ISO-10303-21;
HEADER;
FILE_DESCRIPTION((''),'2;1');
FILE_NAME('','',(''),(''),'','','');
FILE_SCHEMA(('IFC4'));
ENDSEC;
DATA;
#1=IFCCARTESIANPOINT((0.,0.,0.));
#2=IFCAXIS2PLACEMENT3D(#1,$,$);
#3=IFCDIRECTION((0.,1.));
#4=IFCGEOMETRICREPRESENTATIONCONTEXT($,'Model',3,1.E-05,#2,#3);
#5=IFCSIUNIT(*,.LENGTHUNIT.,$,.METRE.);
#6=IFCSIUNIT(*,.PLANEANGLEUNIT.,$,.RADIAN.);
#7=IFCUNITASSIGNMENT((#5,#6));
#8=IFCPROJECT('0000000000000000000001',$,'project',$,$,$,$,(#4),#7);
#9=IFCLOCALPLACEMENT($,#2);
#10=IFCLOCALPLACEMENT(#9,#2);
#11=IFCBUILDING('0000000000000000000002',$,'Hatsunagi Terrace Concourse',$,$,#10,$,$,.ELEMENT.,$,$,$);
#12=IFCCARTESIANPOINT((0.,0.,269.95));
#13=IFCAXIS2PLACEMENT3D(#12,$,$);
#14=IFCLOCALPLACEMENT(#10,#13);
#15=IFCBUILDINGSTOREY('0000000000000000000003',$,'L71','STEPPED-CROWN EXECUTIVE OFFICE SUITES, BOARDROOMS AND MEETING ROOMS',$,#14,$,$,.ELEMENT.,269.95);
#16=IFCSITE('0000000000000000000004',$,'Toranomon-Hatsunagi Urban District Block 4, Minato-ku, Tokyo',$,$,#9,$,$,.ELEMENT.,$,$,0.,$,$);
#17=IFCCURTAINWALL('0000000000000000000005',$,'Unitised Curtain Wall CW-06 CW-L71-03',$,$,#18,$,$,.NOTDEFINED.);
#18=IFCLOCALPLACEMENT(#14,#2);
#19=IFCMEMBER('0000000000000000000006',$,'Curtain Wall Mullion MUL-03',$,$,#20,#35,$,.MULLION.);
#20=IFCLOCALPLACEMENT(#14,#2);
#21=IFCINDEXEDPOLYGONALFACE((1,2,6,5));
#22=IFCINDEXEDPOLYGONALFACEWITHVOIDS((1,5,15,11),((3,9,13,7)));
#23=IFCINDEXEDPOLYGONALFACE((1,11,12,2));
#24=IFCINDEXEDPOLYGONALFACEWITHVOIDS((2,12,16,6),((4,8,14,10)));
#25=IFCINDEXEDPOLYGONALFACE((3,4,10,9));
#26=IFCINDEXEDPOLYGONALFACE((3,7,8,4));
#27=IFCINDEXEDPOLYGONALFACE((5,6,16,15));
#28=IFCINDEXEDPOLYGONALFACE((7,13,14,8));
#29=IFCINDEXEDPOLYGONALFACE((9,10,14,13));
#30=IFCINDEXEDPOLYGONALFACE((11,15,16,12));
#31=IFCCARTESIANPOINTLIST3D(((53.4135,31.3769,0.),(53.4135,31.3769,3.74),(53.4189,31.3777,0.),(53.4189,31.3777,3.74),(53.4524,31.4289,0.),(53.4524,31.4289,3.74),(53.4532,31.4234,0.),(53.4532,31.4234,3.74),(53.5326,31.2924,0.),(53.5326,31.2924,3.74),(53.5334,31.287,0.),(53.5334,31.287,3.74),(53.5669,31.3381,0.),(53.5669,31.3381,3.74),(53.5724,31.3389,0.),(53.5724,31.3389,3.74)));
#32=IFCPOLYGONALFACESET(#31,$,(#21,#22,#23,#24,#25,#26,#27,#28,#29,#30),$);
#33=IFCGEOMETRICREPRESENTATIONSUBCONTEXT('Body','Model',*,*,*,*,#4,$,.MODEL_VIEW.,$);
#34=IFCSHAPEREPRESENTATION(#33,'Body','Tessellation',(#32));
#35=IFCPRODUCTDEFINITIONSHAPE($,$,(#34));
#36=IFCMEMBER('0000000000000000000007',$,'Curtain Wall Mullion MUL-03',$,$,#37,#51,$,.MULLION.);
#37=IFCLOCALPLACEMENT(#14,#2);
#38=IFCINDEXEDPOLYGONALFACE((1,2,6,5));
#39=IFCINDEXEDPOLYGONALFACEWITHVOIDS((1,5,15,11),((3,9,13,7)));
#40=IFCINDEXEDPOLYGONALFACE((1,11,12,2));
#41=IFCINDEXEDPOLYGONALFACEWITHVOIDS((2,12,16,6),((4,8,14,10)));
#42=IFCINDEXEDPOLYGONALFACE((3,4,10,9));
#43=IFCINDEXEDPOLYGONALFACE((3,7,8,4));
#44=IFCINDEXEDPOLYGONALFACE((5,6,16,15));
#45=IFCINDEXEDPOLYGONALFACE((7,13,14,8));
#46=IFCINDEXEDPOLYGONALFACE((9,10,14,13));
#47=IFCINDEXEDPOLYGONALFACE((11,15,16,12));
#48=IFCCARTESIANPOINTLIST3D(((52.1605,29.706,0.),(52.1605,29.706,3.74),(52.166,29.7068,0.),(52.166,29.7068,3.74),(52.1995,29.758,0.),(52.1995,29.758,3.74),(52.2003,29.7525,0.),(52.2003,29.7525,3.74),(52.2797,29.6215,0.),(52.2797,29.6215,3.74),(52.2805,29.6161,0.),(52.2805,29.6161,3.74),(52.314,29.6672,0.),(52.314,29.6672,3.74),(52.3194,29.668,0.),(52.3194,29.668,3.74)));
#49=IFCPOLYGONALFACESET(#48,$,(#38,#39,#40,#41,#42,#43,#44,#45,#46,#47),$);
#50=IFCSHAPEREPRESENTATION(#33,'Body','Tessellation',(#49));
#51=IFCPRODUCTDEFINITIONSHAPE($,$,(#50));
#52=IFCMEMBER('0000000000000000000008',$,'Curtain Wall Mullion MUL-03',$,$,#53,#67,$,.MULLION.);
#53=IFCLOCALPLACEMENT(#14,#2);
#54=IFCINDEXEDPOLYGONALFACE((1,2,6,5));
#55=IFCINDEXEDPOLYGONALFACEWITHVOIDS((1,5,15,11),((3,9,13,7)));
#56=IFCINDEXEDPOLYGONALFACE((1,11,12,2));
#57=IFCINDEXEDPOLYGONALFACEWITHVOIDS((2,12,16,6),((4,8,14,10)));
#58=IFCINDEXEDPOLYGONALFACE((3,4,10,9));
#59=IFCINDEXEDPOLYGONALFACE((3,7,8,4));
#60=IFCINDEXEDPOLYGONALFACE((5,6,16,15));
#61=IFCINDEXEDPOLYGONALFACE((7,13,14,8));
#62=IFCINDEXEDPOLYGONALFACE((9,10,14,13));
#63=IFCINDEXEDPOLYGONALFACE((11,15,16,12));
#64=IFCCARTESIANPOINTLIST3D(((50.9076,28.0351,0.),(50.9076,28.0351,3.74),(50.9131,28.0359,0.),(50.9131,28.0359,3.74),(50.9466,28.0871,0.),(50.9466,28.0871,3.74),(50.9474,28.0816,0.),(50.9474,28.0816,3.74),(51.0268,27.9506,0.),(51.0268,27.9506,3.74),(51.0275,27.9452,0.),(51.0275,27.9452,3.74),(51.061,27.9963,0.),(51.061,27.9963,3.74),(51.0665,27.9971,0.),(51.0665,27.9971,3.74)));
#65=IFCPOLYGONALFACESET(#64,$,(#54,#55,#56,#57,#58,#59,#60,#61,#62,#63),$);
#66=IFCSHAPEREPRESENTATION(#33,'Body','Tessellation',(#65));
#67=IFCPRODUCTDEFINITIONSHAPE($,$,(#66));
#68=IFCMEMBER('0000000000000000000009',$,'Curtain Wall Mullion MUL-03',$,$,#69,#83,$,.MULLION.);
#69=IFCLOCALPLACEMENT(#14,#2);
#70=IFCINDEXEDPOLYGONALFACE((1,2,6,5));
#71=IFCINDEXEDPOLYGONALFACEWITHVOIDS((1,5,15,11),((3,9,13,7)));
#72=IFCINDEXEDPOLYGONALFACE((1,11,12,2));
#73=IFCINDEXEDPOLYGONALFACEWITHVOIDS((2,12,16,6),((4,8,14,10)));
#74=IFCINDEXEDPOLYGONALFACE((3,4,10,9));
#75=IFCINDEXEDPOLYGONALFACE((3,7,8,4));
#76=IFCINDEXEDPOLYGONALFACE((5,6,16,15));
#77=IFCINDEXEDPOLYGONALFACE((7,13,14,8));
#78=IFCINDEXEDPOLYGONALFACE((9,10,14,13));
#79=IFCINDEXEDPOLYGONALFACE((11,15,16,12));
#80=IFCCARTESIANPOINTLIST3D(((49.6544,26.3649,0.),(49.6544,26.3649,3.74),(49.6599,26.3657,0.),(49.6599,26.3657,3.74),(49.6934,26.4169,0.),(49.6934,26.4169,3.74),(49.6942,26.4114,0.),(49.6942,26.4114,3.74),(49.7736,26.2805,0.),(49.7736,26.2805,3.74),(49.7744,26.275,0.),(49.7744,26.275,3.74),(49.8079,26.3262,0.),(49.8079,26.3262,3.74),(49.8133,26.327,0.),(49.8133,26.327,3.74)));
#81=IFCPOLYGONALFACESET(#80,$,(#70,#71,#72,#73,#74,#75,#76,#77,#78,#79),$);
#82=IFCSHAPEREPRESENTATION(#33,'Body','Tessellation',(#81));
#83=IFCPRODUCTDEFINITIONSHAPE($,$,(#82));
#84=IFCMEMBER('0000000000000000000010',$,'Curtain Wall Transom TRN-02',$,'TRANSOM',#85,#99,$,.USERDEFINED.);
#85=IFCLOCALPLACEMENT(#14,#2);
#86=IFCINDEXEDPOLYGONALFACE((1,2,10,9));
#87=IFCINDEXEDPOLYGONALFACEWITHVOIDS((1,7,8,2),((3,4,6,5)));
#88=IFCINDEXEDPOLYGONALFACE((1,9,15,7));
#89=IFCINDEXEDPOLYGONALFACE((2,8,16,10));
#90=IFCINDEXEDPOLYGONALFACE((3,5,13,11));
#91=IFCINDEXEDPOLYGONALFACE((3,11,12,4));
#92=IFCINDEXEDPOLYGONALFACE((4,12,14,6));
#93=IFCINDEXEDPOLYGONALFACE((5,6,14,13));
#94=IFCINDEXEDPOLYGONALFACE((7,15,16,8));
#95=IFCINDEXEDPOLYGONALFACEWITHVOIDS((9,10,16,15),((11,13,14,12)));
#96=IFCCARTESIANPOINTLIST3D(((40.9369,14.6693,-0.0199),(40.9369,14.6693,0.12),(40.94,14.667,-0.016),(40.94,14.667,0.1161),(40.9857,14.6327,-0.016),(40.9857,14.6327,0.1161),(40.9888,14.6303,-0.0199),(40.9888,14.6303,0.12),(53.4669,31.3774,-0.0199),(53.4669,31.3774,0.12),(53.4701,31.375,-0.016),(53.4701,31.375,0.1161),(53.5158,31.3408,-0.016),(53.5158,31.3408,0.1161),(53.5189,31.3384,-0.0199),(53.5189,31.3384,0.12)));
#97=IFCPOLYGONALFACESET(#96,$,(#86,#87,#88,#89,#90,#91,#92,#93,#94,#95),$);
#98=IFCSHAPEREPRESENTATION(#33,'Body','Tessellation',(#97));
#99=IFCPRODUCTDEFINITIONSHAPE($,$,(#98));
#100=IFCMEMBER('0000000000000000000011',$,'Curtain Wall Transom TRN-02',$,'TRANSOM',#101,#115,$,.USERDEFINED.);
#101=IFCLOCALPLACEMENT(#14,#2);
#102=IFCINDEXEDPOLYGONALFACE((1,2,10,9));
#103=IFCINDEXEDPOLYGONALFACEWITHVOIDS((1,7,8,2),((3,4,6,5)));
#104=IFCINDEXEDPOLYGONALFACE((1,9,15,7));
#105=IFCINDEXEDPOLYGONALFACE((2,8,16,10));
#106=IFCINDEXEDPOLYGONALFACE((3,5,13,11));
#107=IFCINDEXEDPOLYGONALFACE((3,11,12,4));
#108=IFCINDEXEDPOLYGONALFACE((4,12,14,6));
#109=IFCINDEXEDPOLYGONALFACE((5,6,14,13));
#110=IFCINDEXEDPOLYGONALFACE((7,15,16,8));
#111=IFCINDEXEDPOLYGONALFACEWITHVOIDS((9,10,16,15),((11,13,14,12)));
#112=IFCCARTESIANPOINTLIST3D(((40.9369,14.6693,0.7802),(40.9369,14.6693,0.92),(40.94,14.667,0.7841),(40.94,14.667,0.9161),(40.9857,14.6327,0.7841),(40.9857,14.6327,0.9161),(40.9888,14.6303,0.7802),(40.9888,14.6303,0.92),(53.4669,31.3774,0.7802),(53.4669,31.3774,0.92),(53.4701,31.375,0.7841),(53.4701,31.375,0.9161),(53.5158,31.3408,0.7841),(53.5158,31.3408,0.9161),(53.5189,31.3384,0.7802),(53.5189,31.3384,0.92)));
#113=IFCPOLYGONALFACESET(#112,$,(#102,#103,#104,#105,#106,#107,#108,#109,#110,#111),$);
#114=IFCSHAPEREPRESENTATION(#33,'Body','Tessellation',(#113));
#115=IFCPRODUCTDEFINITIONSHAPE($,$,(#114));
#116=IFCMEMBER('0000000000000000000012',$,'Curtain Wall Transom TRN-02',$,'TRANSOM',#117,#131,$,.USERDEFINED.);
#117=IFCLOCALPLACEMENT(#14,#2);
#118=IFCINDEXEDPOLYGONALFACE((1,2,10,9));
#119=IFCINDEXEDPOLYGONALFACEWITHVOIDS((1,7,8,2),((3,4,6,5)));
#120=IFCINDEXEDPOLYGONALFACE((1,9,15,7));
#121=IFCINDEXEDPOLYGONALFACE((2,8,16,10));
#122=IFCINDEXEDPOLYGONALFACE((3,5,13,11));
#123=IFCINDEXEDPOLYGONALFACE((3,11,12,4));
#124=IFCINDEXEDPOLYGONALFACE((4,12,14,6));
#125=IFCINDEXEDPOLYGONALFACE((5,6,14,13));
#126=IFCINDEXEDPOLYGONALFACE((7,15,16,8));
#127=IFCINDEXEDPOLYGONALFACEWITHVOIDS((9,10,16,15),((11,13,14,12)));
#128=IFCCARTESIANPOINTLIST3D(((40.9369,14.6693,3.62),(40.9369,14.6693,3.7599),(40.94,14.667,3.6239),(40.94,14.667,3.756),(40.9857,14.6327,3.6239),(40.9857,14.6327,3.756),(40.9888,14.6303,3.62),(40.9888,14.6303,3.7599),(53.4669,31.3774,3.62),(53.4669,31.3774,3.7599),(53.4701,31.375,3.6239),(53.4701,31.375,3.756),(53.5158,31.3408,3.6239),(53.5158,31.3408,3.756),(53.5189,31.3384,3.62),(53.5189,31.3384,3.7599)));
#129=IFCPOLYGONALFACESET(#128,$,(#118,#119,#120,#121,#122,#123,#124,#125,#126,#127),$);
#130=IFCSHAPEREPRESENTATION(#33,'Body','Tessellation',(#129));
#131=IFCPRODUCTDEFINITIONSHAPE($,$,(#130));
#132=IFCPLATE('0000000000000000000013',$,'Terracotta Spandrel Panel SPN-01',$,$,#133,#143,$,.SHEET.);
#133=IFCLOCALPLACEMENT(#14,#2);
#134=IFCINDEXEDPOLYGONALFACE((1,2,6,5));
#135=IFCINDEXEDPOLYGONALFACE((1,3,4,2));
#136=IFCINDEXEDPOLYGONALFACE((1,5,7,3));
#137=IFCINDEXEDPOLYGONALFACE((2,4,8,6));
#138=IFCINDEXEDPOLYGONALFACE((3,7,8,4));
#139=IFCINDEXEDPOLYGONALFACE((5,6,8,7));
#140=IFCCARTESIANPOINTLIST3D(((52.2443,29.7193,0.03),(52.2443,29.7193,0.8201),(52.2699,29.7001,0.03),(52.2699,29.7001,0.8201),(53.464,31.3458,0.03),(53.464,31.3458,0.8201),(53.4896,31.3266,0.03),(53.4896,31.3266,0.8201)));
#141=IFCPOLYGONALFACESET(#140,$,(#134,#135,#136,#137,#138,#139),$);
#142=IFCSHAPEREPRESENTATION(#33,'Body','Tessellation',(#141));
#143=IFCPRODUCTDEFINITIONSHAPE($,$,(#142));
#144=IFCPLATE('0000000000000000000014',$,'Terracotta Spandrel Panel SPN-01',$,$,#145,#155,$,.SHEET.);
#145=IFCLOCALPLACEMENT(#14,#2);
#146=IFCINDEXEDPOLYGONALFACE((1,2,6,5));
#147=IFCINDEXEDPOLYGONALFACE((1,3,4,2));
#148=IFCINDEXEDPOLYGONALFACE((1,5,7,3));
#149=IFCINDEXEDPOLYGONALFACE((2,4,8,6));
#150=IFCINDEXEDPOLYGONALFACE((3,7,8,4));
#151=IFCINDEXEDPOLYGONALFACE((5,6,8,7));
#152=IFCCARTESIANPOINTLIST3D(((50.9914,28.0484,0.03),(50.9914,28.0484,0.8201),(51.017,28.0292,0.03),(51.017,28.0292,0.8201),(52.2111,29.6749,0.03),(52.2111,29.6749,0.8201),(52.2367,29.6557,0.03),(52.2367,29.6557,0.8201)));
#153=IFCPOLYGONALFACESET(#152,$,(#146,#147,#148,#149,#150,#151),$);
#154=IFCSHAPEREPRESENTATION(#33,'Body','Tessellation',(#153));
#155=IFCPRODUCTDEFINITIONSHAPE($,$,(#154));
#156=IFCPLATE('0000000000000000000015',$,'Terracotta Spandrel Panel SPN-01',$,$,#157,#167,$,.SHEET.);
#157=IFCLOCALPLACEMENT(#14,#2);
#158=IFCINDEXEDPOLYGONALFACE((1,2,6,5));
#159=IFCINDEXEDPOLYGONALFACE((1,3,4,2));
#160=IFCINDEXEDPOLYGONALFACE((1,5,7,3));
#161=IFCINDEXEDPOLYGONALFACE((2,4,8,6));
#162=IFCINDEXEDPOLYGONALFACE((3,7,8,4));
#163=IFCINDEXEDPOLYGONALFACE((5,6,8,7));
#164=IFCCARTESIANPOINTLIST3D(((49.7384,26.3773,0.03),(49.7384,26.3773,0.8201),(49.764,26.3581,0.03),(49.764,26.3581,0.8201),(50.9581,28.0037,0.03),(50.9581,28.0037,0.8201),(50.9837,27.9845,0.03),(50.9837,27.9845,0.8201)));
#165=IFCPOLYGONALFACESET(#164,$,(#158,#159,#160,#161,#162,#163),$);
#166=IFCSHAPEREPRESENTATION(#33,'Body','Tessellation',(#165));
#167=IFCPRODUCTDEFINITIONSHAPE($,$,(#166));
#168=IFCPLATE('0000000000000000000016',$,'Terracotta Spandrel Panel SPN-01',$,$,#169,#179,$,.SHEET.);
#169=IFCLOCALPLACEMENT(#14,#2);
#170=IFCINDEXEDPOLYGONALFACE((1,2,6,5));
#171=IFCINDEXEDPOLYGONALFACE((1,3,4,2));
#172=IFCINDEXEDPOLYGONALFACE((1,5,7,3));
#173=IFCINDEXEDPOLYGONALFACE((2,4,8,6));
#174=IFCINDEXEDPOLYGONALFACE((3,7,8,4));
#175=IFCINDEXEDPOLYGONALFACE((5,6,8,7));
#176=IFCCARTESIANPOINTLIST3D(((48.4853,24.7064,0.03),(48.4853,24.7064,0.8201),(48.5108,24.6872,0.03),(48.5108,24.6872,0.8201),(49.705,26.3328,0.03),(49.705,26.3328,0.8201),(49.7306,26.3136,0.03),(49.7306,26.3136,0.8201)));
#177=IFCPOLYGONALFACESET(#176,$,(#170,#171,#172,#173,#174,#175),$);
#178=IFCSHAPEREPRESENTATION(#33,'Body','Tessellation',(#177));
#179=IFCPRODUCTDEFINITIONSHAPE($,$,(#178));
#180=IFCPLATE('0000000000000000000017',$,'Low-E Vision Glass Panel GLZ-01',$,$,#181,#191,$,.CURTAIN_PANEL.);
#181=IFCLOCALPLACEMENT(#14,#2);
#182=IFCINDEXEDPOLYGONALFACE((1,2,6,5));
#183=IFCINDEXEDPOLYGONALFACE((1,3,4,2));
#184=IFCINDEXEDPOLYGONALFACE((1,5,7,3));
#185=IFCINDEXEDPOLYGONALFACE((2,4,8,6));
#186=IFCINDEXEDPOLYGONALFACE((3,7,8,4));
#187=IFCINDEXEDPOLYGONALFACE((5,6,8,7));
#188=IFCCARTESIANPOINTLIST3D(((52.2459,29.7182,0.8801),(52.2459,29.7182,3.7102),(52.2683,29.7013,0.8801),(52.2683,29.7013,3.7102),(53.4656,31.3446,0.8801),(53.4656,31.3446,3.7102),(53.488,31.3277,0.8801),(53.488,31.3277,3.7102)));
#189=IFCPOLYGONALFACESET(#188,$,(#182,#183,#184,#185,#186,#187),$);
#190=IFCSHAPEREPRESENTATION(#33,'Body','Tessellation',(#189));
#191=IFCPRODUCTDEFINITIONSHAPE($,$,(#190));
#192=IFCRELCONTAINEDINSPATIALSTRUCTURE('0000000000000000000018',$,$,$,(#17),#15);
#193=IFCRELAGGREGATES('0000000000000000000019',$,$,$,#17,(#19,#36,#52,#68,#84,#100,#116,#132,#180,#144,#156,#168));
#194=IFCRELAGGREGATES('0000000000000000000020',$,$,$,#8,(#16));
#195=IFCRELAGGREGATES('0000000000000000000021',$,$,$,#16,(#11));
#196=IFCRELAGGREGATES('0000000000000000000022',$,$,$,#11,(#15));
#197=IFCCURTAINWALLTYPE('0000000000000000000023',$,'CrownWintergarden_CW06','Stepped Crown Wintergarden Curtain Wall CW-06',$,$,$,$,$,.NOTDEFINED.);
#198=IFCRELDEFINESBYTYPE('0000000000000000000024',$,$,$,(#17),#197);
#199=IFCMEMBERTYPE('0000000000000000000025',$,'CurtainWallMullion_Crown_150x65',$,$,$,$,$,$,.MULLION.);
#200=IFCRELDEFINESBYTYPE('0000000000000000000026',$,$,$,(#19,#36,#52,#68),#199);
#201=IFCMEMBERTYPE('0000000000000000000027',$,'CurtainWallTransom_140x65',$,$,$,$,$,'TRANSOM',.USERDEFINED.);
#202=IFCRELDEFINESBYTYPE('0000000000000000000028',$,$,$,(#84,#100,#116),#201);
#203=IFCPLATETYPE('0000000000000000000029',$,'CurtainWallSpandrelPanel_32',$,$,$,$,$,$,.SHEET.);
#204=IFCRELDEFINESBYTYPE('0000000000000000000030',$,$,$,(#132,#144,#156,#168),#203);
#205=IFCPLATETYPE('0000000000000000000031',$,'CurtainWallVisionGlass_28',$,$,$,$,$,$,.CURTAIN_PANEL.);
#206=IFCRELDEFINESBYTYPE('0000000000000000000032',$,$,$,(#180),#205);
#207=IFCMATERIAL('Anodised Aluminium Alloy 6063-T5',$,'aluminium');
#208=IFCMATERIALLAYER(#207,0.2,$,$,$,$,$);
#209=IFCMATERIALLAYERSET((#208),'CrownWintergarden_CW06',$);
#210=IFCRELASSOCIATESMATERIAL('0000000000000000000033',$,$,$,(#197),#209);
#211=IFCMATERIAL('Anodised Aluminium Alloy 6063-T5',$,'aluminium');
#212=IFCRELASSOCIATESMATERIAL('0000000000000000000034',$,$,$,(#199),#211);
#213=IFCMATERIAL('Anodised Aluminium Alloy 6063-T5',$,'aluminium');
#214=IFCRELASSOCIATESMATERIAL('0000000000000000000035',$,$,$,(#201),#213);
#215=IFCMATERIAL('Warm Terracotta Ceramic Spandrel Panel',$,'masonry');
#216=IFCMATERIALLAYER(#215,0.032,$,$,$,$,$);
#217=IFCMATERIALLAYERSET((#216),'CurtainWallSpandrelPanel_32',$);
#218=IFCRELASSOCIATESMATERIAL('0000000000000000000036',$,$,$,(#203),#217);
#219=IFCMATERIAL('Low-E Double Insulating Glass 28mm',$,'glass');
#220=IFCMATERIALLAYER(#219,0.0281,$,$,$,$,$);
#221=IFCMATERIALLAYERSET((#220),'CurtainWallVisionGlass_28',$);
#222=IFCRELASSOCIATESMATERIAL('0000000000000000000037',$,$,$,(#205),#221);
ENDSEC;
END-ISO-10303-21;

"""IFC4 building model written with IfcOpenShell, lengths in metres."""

from ifc_helpers import new_model, si_unit, direction, frame, origin, origin_2d, place, context, subcontext, project, spatial, rectangle, hollow_rectangle, extrude, material, layer, layer_set, material_profile, profile_set, type_object, element, aggregate, save


model = new_model("IFC4")

# Units and contexts
model_context = context("Model", 3, precision=1e-05, world=origin(), true_north=direction((0.0, 1.0)))
body_context = subcontext(model_context, "Body", "Model", "MODEL_VIEW")
ifc_project = project(units=[si_unit("LENGTHUNIT", "METRE"), si_unit("PLANEANGLEUNIT", "RADIAN")], contexts=[model_context])

# Site, building, storey
site_placement = place(None, origin())
site = spatial("IfcSite", under=ifc_project, at=site_placement, Name="Toranomon-Hatsunagi Urban District Block 4, Minato-ku, Tokyo", CompositionType="ELEMENT", RefElevation=0.0)
building_placement = place(site_placement, origin())
building = spatial("IfcBuilding", under=site, at=building_placement, Name="Hatsunagi Terrace Concourse", CompositionType="ELEMENT")
storey_placement = place(building_placement, frame((0.0, 0.0, 269.95)))
storey = spatial("IfcBuildingStorey", under=building, at=storey_placement, Name="L71", Description="STEPPED-CROWN EXECUTIVE OFFICE SUITES, BOARDROOMS AND MEETING ROOMS", CompositionType="ELEMENT", Elevation=269.95)

# Curtain wall, members, plates
ifc_material_1 = material(Name="Anodised Aluminium Alloy 6063-T5", Category="aluminium")
ifc_layer_1 = layer(ifc_material_1, 0.2)
ifc_layer_set_1 = layer_set([ifc_layer_1], Name="CrownWintergarden_CW06")
curtain_wall_type = type_object("IfcCurtainWallType", Name="CrownWintergarden_CW06", Description="Stepped Crown Wintergarden Curtain Wall CW-06", PredefinedType="NOTDEFINED", material=ifc_layer_set_1)
curtain_wall_placement = place(storey_placement, origin())
curtain_wall = element("IfcCurtainWall", 1, at=curtain_wall_placement, inside=storey, type_object=curtain_wall_type, Name="Unitised Curtain Wall CW-06 CW-L71-03", PredefinedType="NOTDEFINED")
ifc_material_2 = material(Name="Anodised Aluminium Alloy 6063-T5", Category="aluminium")
ifc_material_profile_1 = material_profile(ifc_material_2, hollow_rectangle(XDim=0.0649, YDim=0.1499, WallThickness=0.0039, at=origin_2d()), Name="ALU-MUL-150x65x4")
ifc_profile_set_1 = profile_set([ifc_material_profile_1], Name="Anodised Aluminium Alloy 6063-T5")
member_type_1 = type_object("IfcMemberType", Name="CurtainWallMullion_Crown_150x65", PredefinedType="MULLION", material=ifc_profile_set_1)
member_1_placement = place(storey_placement, frame((53.4929, 31.3579, 0.0), z_axis=(0.0, 0.0, 1.0), x_axis=(-0.599969, -0.800023, 0.0)))
member_1 = element("IfcMember", 2, at=member_1_placement, type_object=member_type_1, Name="Curtain Wall Mullion MUL-03", PredefinedType="MULLION", context=body_context, shape_type="SweptSolid", body=[
    extrude(hollow_rectangle(XDim=0.0649, YDim=0.1499, WallThickness=0.0039, at=origin_2d()), origin(), (0.0, 0.0, 1.0), 3.74),
])
member_2_placement = place(storey_placement, frame((52.24, 29.687, 0.0), z_axis=(0.0, 0.0, 1.0), x_axis=(-0.599969, -0.800023, 0.0)))
member_2 = element("IfcMember", 3, at=member_2_placement, type_object=member_type_1, Name="Curtain Wall Mullion MUL-03", PredefinedType="MULLION", context=body_context, shape_type="SweptSolid", body=[
    extrude(hollow_rectangle(XDim=0.0649, YDim=0.1499, WallThickness=0.0039, at=origin_2d()), origin(), (0.0, 0.0, 1.0), 3.74),
])
member_3_placement = place(storey_placement, frame((50.9871, 28.0161, 0.0), z_axis=(0.0, 0.0, 1.0), x_axis=(-0.599969, -0.800023, 0.0)))
member_3 = element("IfcMember", 4, at=member_3_placement, type_object=member_type_1, Name="Curtain Wall Mullion MUL-03", PredefinedType="MULLION", context=body_context, shape_type="SweptSolid", body=[
    extrude(hollow_rectangle(XDim=0.0649, YDim=0.1499, WallThickness=0.0039, at=origin_2d()), origin(), (0.0, 0.0, 1.0), 3.74),
])
member_4_placement = place(storey_placement, frame((49.7339, 26.3459, 0.0), z_axis=(0.0, 0.0, 1.0), x_axis=(-0.599969, -0.800023, 0.0)))
member_4 = element("IfcMember", 5, at=member_4_placement, type_object=member_type_1, Name="Curtain Wall Mullion MUL-03", PredefinedType="MULLION", context=body_context, shape_type="SweptSolid", body=[
    extrude(hollow_rectangle(XDim=0.0649, YDim=0.1499, WallThickness=0.0039, at=origin_2d()), origin(), (0.0, 0.0, 1.0), 3.74),
])
ifc_material_3 = material(Name="Anodised Aluminium Alloy 6063-T5", Category="aluminium")
ifc_material_profile_2 = material_profile(ifc_material_3, hollow_rectangle(XDim=0.0649, YDim=0.1399, WallThickness=0.0039, at=origin_2d()), Name="ALU-TRN-140x65x4")
ifc_profile_set_2 = profile_set([ifc_material_profile_2], Name="Anodised Aluminium Alloy 6063-T5")
member_type_2 = type_object("IfcMemberType", Name="CurtainWallTransom_140x65", ElementType="TRANSOM", PredefinedType="USERDEFINED", material=ifc_profile_set_2)
member_5_placement = place(storey_placement, frame((53.4929, 31.3579, 0.05), z_axis=(-0.59997, -0.800022, 0.0), x_axis=(0.800022, -0.59997, 0.0)))
member_5 = element("IfcMember", 6, at=member_5_placement, type_object=member_type_2, Name="Curtain Wall Transom TRN-02", ObjectType="TRANSOM", PredefinedType="USERDEFINED", context=body_context, shape_type="SweptSolid", body=[
    extrude(hollow_rectangle(XDim=0.0649, YDim=0.1399, WallThickness=0.0039, at=origin_2d()), origin(), (0.0, 0.0, 1.0), 20.8845),
])
member_6_placement = place(storey_placement, frame((53.4929, 31.3579, 0.8501), z_axis=(-0.59997, -0.800022, 0.0), x_axis=(0.800022, -0.59997, 0.0)))
member_6 = element("IfcMember", 7, at=member_6_placement, type_object=member_type_2, Name="Curtain Wall Transom TRN-02", ObjectType="TRANSOM", PredefinedType="USERDEFINED", context=body_context, shape_type="SweptSolid", body=[
    extrude(hollow_rectangle(XDim=0.0649, YDim=0.1399, WallThickness=0.0039, at=origin_2d()), origin(), (0.0, 0.0, 1.0), 20.8845),
])
member_7_placement = place(storey_placement, frame((53.4929, 31.3579, 3.6899), z_axis=(-0.59997, -0.800022, 0.0), x_axis=(0.800022, -0.59997, 0.0)))
member_7 = element("IfcMember", 8, at=member_7_placement, type_object=member_type_2, Name="Curtain Wall Transom TRN-02", ObjectType="TRANSOM", PredefinedType="USERDEFINED", context=body_context, shape_type="SweptSolid", body=[
    extrude(hollow_rectangle(XDim=0.0649, YDim=0.1399, WallThickness=0.0039, at=origin_2d()), origin(), (0.0, 0.0, 1.0), 20.8845),
])
ifc_material_4 = material(Name="Warm Terracotta Ceramic Spandrel Panel", Category="masonry")
ifc_layer_2 = layer(ifc_material_4, 0.032)
ifc_layer_set_2 = layer_set([ifc_layer_2], Name="CurtainWallSpandrelPanel_32")
plate_type_1 = type_object("IfcPlateType", Name="CurtainWallSpandrelPanel_32", PredefinedType="SHEET", material=ifc_layer_set_2)
plate_1_placement = place(storey_placement, frame((52.8669, 30.5229, 0.03), z_axis=(0.0, 0.0, 1.0), x_axis=(-0.599969, -0.800023, 0.0)))
plate_1 = element("IfcPlate", 9, at=plate_1_placement, type_object=plate_type_1, Name="Terracotta Spandrel Panel SPN-01", PredefinedType="SHEET", context=body_context, shape_type="SweptSolid", body=[
    extrude(rectangle(XDim=2.033, YDim=0.032, at=origin_2d()), origin(), (0.0, 0.0, 1.0), 0.79),
])
plate_2_placement = place(storey_placement, frame((51.614, 28.8521, 0.03), z_axis=(0.0, 0.0, 1.0), x_axis=(-0.599969, -0.800023, 0.0)))
plate_2 = element("IfcPlate", 10, at=plate_2_placement, type_object=plate_type_1, Name="Terracotta Spandrel Panel SPN-01", PredefinedType="SHEET", context=body_context, shape_type="SweptSolid", body=[
    extrude(rectangle(XDim=2.033, YDim=0.032, at=origin_2d()), origin(), (0.0, 0.0, 1.0), 0.79),
])
plate_3_placement = place(storey_placement, frame((50.3611, 27.1809, 0.03), z_axis=(0.0, 0.0, 1.0), x_axis=(-0.599969, -0.800023, 0.0)))
plate_3 = element("IfcPlate", 11, at=plate_3_placement, type_object=plate_type_1, Name="Terracotta Spandrel Panel SPN-01", PredefinedType="SHEET", context=body_context, shape_type="SweptSolid", body=[
    extrude(rectangle(XDim=2.033, YDim=0.032, at=origin_2d()), origin(), (0.0, 0.0, 1.0), 0.79),
])
plate_4_placement = place(storey_placement, frame((49.1079, 25.51, 0.03), z_axis=(0.0, 0.0, 1.0), x_axis=(-0.599969, -0.800023, 0.0)))
plate_4 = element("IfcPlate", 12, at=plate_4_placement, type_object=plate_type_1, Name="Terracotta Spandrel Panel SPN-01", PredefinedType="SHEET", context=body_context, shape_type="SweptSolid", body=[
    extrude(rectangle(XDim=2.033, YDim=0.032, at=origin_2d()), origin(), (0.0, 0.0, 1.0), 0.79),
])
ifc_material_5 = material(Name="Low-E Double Insulating Glass 28mm", Category="glass")
ifc_layer_3 = layer(ifc_material_5, 0.0281)
ifc_layer_set_3 = layer_set([ifc_layer_3], Name="CurtainWallVisionGlass_28")
plate_type_2 = type_object("IfcPlateType", Name="CurtainWallVisionGlass_28", PredefinedType="CURTAIN_PANEL", material=ifc_layer_set_3)
plate_5_placement = place(storey_placement, frame((52.8669, 30.5229, 0.8801), z_axis=(0.0, 0.0, 1.0), x_axis=(-0.599969, -0.800023, 0.0)))
plate_5 = element("IfcPlate", 13, at=plate_5_placement, type_object=plate_type_2, Name="Low-E Vision Glass Panel GLZ-01", PredefinedType="CURTAIN_PANEL", context=body_context, shape_type="SweptSolid", body=[
    extrude(rectangle(XDim=2.033, YDim=0.0281, at=origin_2d()), origin(), (0.0, 0.0, 1.0), 2.8301),
])
aggregate(curtain_wall, [member_1, member_2, member_3, member_4, member_5, member_6, member_7, plate_1, plate_5, plate_2, plate_3, plate_4])

save(model, "model.ifc")
